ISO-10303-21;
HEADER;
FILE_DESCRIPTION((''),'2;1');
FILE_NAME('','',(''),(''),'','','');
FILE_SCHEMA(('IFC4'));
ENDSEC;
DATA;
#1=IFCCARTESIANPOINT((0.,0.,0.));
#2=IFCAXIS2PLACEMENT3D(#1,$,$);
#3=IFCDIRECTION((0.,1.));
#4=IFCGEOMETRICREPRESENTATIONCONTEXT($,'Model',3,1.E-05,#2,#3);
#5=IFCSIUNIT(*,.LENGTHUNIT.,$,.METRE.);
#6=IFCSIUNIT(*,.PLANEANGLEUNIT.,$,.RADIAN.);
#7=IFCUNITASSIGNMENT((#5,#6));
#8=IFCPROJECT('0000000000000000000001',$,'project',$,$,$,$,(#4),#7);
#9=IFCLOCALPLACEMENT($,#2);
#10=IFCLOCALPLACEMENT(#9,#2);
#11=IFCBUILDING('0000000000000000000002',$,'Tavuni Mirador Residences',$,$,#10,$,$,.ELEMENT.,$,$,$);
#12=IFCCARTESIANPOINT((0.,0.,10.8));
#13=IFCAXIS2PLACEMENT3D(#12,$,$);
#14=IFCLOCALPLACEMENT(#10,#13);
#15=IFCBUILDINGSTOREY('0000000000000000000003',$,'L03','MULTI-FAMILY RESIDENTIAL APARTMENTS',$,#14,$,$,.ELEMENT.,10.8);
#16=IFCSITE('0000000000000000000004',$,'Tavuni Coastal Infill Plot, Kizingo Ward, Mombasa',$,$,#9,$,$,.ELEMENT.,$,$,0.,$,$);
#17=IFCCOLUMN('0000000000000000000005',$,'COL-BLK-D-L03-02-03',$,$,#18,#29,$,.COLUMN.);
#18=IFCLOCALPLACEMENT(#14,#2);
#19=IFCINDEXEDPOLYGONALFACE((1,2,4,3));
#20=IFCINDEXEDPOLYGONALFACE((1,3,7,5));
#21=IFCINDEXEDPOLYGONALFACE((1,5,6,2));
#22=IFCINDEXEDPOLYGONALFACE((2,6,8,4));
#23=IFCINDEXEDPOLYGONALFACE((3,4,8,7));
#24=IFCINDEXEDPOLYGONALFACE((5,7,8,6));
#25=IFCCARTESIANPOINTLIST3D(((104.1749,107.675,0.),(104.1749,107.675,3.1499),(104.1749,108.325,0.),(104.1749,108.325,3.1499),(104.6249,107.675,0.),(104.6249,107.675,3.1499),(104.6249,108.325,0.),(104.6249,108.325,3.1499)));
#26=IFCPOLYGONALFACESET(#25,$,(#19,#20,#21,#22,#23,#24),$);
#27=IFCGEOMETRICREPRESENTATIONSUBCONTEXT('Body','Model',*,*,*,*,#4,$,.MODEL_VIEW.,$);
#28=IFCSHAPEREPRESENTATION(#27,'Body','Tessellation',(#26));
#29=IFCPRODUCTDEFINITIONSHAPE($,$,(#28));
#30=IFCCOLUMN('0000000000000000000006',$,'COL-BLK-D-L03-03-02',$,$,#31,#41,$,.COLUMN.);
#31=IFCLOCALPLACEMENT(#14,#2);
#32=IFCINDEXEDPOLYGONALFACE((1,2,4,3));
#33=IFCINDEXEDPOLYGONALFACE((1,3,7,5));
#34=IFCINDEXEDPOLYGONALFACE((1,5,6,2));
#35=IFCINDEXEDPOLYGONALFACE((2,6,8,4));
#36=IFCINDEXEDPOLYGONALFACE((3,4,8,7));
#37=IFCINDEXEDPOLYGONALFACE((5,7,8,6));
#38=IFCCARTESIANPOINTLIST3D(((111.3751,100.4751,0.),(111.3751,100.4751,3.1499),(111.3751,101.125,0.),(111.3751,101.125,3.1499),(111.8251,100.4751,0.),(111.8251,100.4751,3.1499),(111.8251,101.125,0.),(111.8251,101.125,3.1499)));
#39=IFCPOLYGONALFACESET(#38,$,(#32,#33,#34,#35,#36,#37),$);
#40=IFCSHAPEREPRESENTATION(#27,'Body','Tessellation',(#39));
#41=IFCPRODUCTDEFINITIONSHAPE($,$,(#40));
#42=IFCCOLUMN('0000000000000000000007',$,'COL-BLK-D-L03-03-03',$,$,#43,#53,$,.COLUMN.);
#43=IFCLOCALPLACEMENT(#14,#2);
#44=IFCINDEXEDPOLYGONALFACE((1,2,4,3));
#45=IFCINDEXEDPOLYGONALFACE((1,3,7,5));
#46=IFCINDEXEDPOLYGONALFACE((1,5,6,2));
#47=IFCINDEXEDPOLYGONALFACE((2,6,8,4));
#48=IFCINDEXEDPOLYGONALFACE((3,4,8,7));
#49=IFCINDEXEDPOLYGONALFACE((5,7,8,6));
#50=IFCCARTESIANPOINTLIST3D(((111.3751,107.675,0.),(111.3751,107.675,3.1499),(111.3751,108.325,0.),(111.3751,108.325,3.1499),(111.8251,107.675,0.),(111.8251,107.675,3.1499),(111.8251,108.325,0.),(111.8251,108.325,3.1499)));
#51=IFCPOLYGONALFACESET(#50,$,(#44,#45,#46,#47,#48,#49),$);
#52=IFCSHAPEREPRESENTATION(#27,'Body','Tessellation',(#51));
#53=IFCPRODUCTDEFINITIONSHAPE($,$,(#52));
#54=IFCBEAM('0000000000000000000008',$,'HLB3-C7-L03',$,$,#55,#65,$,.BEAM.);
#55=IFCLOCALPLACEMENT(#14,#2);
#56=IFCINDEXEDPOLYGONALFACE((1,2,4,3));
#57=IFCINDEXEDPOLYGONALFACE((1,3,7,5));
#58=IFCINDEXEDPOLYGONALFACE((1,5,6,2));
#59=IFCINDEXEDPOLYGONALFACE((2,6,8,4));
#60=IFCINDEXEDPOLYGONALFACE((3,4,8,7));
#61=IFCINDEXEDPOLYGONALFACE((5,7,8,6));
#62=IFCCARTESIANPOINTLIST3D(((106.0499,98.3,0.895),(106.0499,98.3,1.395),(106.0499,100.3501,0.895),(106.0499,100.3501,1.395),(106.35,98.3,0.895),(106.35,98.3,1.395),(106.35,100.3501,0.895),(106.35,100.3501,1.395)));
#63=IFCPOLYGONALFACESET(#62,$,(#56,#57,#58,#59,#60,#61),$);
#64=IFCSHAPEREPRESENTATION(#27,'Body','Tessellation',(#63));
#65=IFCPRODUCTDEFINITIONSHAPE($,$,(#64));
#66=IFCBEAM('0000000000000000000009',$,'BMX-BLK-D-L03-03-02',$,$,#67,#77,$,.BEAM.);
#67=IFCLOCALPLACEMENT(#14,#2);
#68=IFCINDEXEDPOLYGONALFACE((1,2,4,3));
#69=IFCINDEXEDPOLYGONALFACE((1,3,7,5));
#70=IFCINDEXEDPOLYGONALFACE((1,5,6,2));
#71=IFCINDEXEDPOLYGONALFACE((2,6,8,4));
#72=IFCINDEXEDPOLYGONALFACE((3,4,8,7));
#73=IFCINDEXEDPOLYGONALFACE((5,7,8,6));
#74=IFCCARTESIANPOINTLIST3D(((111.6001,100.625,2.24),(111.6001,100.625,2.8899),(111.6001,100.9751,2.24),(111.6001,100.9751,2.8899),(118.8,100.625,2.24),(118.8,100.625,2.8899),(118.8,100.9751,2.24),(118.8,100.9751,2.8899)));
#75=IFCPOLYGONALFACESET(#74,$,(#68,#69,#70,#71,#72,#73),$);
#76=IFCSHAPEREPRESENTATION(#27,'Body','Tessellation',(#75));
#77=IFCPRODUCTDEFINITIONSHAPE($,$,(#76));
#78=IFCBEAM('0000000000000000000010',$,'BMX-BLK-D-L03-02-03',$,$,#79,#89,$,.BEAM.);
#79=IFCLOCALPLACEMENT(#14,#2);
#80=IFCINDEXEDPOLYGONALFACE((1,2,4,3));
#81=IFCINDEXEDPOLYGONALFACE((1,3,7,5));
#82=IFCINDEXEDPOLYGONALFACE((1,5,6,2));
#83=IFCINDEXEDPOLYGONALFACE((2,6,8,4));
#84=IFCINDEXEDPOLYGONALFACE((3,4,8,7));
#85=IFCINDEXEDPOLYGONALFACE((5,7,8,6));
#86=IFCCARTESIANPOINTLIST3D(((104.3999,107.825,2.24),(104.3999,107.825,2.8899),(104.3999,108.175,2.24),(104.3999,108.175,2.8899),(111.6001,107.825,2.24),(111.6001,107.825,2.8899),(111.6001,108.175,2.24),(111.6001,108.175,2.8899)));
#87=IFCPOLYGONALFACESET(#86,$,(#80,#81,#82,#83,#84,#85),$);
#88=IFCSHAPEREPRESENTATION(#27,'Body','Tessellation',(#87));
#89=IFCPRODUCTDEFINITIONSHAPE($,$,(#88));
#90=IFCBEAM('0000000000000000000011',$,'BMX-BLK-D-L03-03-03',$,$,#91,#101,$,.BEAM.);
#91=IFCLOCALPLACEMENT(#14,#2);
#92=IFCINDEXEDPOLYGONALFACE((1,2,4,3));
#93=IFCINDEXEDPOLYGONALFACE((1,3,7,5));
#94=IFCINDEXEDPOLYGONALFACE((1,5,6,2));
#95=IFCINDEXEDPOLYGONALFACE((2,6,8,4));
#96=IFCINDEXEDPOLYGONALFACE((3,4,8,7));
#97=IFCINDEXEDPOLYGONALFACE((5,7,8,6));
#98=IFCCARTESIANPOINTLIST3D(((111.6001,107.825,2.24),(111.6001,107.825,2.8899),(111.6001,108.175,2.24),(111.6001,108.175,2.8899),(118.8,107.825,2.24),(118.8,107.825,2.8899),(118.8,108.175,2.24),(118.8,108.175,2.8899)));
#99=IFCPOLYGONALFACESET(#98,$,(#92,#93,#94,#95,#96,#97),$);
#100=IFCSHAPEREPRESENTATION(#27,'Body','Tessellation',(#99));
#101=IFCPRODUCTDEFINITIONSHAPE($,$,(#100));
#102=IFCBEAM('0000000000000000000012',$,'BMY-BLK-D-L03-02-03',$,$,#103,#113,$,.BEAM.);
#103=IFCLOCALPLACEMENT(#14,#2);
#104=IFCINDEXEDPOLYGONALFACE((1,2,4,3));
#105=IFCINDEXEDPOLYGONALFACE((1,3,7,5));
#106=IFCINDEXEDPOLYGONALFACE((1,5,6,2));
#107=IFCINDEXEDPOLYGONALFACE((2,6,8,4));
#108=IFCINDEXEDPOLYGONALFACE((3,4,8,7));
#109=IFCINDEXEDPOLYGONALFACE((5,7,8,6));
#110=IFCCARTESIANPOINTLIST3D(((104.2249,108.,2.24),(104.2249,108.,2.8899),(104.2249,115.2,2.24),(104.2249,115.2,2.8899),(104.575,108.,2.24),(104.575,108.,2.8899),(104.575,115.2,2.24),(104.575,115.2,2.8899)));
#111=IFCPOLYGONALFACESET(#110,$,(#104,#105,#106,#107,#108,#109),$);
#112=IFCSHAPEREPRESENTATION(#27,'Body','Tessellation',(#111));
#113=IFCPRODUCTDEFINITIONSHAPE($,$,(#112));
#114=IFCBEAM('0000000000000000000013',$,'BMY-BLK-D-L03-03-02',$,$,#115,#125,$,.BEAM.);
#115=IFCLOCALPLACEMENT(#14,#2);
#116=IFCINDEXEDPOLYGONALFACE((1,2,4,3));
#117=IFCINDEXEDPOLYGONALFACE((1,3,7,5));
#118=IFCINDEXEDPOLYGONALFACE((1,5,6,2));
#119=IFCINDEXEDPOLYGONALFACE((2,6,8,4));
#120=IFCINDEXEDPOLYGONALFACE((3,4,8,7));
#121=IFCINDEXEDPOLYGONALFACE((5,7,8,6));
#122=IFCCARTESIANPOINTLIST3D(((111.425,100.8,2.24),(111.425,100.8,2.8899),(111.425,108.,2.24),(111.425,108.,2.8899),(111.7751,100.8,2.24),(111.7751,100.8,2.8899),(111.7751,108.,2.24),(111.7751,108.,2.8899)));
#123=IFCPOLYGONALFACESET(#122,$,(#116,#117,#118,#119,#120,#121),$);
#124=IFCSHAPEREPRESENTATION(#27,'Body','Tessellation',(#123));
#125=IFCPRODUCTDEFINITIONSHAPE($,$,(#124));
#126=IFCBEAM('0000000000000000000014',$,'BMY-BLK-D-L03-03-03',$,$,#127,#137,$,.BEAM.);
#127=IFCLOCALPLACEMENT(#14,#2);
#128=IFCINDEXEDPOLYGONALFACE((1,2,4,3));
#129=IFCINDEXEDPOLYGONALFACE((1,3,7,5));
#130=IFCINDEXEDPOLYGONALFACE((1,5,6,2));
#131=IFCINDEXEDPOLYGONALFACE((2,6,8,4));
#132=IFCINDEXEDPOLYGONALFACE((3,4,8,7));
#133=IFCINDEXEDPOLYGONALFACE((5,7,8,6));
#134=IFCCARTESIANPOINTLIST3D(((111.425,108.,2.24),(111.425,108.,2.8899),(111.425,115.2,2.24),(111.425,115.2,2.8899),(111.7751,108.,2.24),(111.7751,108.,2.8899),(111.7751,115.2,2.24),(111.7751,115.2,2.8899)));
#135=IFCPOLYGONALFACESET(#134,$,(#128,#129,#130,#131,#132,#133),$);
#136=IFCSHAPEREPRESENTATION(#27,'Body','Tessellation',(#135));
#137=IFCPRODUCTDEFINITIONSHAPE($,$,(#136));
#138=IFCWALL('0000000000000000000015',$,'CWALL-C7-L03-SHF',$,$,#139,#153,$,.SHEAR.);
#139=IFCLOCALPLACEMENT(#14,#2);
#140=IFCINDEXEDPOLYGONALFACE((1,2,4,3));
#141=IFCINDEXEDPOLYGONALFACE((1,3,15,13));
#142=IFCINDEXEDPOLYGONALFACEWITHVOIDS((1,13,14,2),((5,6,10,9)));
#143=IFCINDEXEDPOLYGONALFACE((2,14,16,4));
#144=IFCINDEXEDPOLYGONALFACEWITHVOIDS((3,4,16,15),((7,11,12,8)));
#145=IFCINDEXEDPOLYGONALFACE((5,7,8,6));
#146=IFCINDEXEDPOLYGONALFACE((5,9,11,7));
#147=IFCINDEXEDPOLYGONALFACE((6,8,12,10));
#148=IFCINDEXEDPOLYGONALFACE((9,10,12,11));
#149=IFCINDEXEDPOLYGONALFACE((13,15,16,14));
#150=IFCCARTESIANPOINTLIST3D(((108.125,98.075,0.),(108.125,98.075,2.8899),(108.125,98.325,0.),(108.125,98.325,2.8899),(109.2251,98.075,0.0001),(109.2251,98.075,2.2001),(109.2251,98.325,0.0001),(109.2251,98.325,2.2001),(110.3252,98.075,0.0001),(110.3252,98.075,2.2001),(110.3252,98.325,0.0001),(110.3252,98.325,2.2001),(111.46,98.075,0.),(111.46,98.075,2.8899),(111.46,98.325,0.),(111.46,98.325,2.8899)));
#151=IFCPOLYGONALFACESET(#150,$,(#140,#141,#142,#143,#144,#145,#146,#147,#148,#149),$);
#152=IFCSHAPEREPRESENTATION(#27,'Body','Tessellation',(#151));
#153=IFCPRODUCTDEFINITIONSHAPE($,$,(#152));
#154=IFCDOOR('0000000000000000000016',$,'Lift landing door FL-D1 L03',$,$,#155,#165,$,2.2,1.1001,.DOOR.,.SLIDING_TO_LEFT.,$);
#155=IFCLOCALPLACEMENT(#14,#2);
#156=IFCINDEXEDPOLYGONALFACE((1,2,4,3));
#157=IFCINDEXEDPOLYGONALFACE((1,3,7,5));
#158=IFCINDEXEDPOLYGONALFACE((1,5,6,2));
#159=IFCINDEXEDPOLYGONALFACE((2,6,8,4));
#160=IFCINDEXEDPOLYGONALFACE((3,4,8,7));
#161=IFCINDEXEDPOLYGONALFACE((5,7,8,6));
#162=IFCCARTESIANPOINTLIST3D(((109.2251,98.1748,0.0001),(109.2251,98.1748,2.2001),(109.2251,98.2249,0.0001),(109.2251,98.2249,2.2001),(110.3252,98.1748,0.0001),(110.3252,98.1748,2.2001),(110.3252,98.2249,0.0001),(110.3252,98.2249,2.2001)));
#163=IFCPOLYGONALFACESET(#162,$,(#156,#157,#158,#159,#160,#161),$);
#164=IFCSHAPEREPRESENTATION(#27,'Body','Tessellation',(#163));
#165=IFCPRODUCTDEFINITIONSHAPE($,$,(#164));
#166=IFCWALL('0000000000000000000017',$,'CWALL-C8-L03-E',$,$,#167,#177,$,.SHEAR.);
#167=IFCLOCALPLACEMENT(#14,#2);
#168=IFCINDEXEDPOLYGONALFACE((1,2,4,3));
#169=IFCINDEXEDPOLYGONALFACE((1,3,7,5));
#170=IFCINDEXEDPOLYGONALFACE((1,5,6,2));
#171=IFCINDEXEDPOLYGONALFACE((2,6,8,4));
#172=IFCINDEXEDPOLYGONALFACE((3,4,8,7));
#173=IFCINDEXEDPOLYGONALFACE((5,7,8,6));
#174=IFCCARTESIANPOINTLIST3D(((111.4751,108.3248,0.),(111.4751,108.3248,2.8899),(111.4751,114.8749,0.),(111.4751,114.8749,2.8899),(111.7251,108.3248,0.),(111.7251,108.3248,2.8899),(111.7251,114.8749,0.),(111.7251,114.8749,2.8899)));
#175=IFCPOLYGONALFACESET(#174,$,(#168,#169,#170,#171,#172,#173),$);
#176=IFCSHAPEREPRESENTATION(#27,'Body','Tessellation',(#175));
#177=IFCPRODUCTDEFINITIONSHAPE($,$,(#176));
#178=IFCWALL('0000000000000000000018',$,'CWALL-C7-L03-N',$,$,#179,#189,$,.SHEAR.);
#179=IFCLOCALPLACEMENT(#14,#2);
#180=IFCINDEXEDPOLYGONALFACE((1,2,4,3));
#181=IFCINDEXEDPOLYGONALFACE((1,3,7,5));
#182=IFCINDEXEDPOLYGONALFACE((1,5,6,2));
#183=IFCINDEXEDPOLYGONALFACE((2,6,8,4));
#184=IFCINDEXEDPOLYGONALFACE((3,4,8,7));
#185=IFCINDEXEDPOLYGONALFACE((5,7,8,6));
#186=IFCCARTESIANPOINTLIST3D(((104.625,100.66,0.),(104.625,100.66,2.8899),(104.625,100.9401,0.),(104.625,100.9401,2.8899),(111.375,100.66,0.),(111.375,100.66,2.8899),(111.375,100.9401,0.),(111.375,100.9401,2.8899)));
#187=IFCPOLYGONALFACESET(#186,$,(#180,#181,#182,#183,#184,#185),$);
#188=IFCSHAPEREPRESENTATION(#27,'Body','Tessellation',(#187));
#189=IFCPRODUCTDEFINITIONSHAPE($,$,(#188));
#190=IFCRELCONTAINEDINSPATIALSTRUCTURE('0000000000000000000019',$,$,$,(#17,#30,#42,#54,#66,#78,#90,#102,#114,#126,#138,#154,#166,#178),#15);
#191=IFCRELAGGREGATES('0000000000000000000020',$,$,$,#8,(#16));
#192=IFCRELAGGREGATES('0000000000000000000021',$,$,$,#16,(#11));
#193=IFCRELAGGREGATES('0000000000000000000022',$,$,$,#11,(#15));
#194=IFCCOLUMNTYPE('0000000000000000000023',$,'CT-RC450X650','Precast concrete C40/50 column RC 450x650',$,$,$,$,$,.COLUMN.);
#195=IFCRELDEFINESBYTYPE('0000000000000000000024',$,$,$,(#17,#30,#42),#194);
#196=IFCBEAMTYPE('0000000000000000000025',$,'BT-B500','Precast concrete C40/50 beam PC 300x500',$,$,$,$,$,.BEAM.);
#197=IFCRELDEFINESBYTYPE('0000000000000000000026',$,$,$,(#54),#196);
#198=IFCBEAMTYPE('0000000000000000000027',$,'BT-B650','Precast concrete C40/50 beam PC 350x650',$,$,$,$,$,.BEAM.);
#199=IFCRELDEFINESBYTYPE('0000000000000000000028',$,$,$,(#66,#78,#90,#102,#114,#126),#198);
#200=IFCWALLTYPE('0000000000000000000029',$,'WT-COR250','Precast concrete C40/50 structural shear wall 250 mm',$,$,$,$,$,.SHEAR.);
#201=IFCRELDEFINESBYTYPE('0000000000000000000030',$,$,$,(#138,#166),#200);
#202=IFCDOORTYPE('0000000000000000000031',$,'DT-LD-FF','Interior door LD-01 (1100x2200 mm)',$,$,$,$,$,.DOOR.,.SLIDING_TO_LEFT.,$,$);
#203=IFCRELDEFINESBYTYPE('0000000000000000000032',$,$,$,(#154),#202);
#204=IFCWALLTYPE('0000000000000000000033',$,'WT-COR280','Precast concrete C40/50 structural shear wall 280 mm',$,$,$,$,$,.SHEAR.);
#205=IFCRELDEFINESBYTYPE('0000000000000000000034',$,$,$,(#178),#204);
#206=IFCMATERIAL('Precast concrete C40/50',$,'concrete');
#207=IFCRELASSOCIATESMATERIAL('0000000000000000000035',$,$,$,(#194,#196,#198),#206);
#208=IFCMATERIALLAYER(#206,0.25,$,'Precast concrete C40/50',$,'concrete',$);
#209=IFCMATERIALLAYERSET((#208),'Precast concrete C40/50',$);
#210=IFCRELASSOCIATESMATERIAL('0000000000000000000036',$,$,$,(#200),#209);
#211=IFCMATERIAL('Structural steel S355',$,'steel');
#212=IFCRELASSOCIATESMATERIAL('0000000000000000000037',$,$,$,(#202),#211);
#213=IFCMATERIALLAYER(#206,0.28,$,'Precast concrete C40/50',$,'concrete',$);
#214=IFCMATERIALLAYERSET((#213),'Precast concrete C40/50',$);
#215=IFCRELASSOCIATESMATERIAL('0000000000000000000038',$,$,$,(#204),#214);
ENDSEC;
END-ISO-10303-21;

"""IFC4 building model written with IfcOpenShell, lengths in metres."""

from ifc_helpers import new_model, si_unit, direction, frame, frame_2d, origin, origin_2d, place, context, subcontext, project, spatial, rectangle, extrude, material, layer, layer_set, material_profile, profile_set, type_object, element, fill, save


model = new_model("IFC4")

# Units and contexts
model_context = context("Model", 3, precision=1e-05, world=origin(), true_north=direction((0.0, 1.0)))
body_context = subcontext(model_context, "Body", "Model", "MODEL_VIEW")
ifc_project = project(units=[si_unit("LENGTHUNIT", "METRE"), si_unit("PLANEANGLEUNIT", "RADIAN")], contexts=[model_context])

# Site, building, storey
site_placement = place(None, origin())
site = spatial("IfcSite", under=ifc_project, at=site_placement, Name="Tavuni Coastal Infill Plot, Kizingo Ward, Mombasa", CompositionType="ELEMENT", RefElevation=0.0)
building_placement = place(site_placement, origin())
building = spatial("IfcBuilding", under=site, at=building_placement, Name="Tavuni Mirador Residences", CompositionType="ELEMENT")
storey_placement = place(building_placement, frame((0.0, 0.0, 10.8)))
storey = spatial("IfcBuildingStorey", under=building, at=storey_placement, Name="L03", Description="MULTI-FAMILY RESIDENTIAL APARTMENTS", CompositionType="ELEMENT", Elevation=10.8)

# Columns
ifc_material_1 = material(Name="Precast concrete C40/50", Category="concrete")
ifc_material_profile_1 = material_profile(ifc_material_1, rectangle(XDim=0.45, YDim=0.6499, at=origin_2d()), Name="RC 450x650", Category="concrete")
ifc_profile_set_1 = profile_set([ifc_material_profile_1], Name="Precast concrete C40/50")
column_type = type_object("IfcColumnType", Name="CT-RC450X650", Description="Precast concrete C40/50 column RC 450x650", PredefinedType="COLUMN", material=ifc_profile_set_1)
for number, where, z_axis, x_axis, name in (
    (1, (104.3999, 108.0, 0.0), (0.0, 0.0, 1.0), (1.0, 0.0, 0.0), "COL-BLK-D-L03-02-03"),
    (2, (111.6001, 100.8, 0.0), (0.0, 0.0, 1.0), (1.0, 0.0, 0.0), "COL-BLK-D-L03-03-02"),
    (3, (111.6001, 108.0, 0.0), (0.0, 0.0, 1.0), (1.0, 0.0, 0.0), "COL-BLK-D-L03-03-03"),
):
    element("IfcColumn", number, at=place(storey_placement, frame(where, z_axis=z_axis, x_axis=x_axis)), inside=storey, type_object=column_type, Name=name, PredefinedType="COLUMN", context=body_context, shape_type="SweptSolid", body=[
        extrude(rectangle(XDim=0.45, YDim=0.6499, at=origin_2d()), origin(), (0.0, 0.0, 1.0), 3.1499),
    ])

# Beams
ifc_material_profile_2 = material_profile(ifc_material_1, rectangle(XDim=0.3, YDim=0.5, at=origin_2d()), Name="PC 300x500", Category="concrete")
ifc_profile_set_2 = profile_set([ifc_material_profile_2], Name="Precast concrete C40/50")
beam_type_1 = type_object("IfcBeamType", Name="BT-B500", Description="Precast concrete C40/50 beam PC 300x500", PredefinedType="BEAM", material=ifc_profile_set_2)
beam_1_placement = place(storey_placement, frame((106.2, 98.3, 1.145), z_axis=(0.0, 1.0, 0.0), x_axis=(-1.0, 0.0, 0.0)))
element("IfcBeam", 4, at=beam_1_placement, inside=storey, type_object=beam_type_1, Name="HLB3-C7-L03", PredefinedType="BEAM", context=body_context, shape_type="SweptSolid", body=[
    extrude(rectangle(XDim=0.3, YDim=0.5, at=origin_2d()), origin(), (0.0, 0.0, 1.0), 2.05),
])
ifc_material_profile_3 = material_profile(ifc_material_1, rectangle(XDim=0.3501, YDim=0.6499, at=origin_2d()), Name="PC 350x650", Category="concrete")
ifc_profile_set_3 = profile_set([ifc_material_profile_3], Name="Precast concrete C40/50")
beam_type_2 = type_object("IfcBeamType", Name="BT-B650", Description="Precast concrete C40/50 beam PC 350x650", PredefinedType="BEAM", material=ifc_profile_set_3)
beam_2_placement = place(storey_placement, frame((111.6001, 100.8, 2.5649), z_axis=(1.0, 0.0, 0.0), x_axis=(0.0, 1.0, 0.0)))
element("IfcBeam", 5, at=beam_2_placement, inside=storey, type_object=beam_type_2, Name="BMX-BLK-D-L03-03-02", PredefinedType="BEAM", context=body_context, shape_type="SweptSolid", body=[
    extrude(rectangle(XDim=0.3501, YDim=0.6499, at=origin_2d()), origin(), (0.0, 0.0, 1.0), 7.2),
])
beam_3_placement = place(storey_placement, frame((104.3999, 108.0, 2.5649), z_axis=(1.0, 0.0, 0.0), x_axis=(0.0, 1.0, 0.0)))
element("IfcBeam", 6, at=beam_3_placement, inside=storey, type_object=beam_type_2, Name="BMX-BLK-D-L03-02-03", PredefinedType="BEAM", context=body_context, shape_type="SweptSolid", body=[
    extrude(rectangle(XDim=0.3501, YDim=0.6499, at=origin_2d()), origin(), (0.0, 0.0, 1.0), 7.2002),
])
for number, where, z_axis, x_axis, name in (
    (7, (111.6001, 108.0, 2.5649), (1.0, 0.0, 0.0), (0.0, 1.0, 0.0), "BMX-BLK-D-L03-03-03"),
    (8, (104.3999, 108.0, 2.5649), (0.0, 1.0, 0.0), (-1.0, 0.0, 0.0), "BMY-BLK-D-L03-02-03"),
    (9, (111.6001, 100.8, 2.5649), (0.0, 1.0, 0.0), (-1.0, 0.0, 0.0), "BMY-BLK-D-L03-03-02"),
    (10, (111.6001, 108.0, 2.5649), (0.0, 1.0, 0.0), (-1.0, 0.0, 0.0), "BMY-BLK-D-L03-03-03"),
):
    element("IfcBeam", number, at=place(storey_placement, frame(where, z_axis=z_axis, x_axis=x_axis)), inside=storey, type_object=beam_type_2, Name=name, PredefinedType="BEAM", context=body_context, shape_type="SweptSolid", body=[
        extrude(rectangle(XDim=0.3501, YDim=0.6499, at=origin_2d()), origin(), (0.0, 0.0, 1.0), 7.2),
    ])

# Wall, opening, door
ifc_layer_1 = layer(ifc_material_1, 0.25, Name="Precast concrete C40/50", Category="concrete")
ifc_layer_set_1 = layer_set([ifc_layer_1], Name="Precast concrete C40/50")
wall_type_1 = type_object("IfcWallType", Name="WT-COR250", Description="Precast concrete C40/50 structural shear wall 250 mm", PredefinedType="SHEAR", material=ifc_layer_set_1)
wall_1_placement = place(storey_placement, frame((108.125, 98.2, 0.0), z_axis=(0.0, 0.0, 1.0), x_axis=(1.0, 0.0, 0.0)))
wall_1 = element("IfcWall", 11, at=wall_1_placement, inside=storey, type_object=wall_type_1, Name="CWALL-C7-L03-SHF", PredefinedType="SHEAR", context=body_context, shape_type="SweptSolid", body=[
    extrude(rectangle(XDim=3.335, YDim=0.25, at=frame_2d((1.6675, 0.0))), origin(), (0.0, 0.0, 1.0), 2.8899),
])
opening_1_placement = place(wall_1_placement, frame((1.1001, 0.0, 0.0)))
opening_1 = element("IfcOpeningElement", 12, at=opening_1_placement, cuts=wall_1, PredefinedType="OPENING", context=body_context, shape_type="SweptSolid", body=[
    extrude(rectangle(XDim=1.1001, YDim=2.2, at=frame_2d((0.55, 1.1001))), frame((0.0, 0.135, 0.0), z_axis=(0.0, -1.0, 0.0), x_axis=(1.0, 0.0, 0.0)), (0.0, 0.0, 1.0), 0.27),
])
ifc_material_2 = material(Name="Structural steel S355", Category="steel")
door_type_1 = type_object("IfcDoorType", Name="DT-LD-FF", Description="Interior door LD-01 (1100x2200 mm)", OperationType="SLIDING_TO_LEFT", PredefinedType="DOOR", material=ifc_material_2)
door_1_placement = place(opening_1_placement, origin())
door_1 = element("IfcDoor", 13, at=door_1_placement, inside=storey, type_object=door_type_1, Name="Lift landing door FL-D1 L03", OperationType="SLIDING_TO_LEFT", OverallHeight=2.2, OverallWidth=1.1001, PredefinedType="DOOR", context=body_context, shape_type="SweptSolid", body=[
    extrude(rectangle(XDim=1.1001, YDim=2.2, at=frame_2d((0.55, 1.1001))), frame((0.0, 0.0249, 0.0), z_axis=(0.0, -1.0, 0.0), x_axis=(1.0, 0.0, 0.0)), (0.0, 0.0, 1.0), 0.05),
])
fill(opening_1, door_1)

# Wall
wall_2_placement = place(storey_placement, frame((111.6001, 108.325, 0.0), z_axis=(0.0, 0.0, 1.0), x_axis=(0.0, 1.0, 0.0)))
element("IfcWall", 14, at=wall_2_placement, inside=storey, type_object=wall_type_1, Name="CWALL-C8-L03-E", PredefinedType="SHEAR", context=body_context, shape_type="SweptSolid", body=[
    extrude(rectangle(XDim=6.55, YDim=0.25, at=frame_2d((3.2749, 0.0))), origin(), (0.0, 0.0, 1.0), 2.8899),
])

# Wall
ifc_layer_2 = layer(ifc_material_1, 0.28, Name="Precast concrete C40/50", Category="concrete")
ifc_layer_set_2 = layer_set([ifc_layer_2], Name="Precast concrete C40/50")
wall_type_2 = type_object("IfcWallType", Name="WT-COR280", Description="Precast concrete C40/50 structural shear wall 280 mm", PredefinedType="SHEAR", material=ifc_layer_set_2)
wall_3_placement = place(storey_placement, frame((104.625, 100.8, 0.0), z_axis=(0.0, 0.0, 1.0), x_axis=(1.0, 0.0, 0.0)))
element("IfcWall", 15, at=wall_3_placement, inside=storey, type_object=wall_type_2, Name="CWALL-C7-L03-N", PredefinedType="SHEAR", context=body_context, shape_type="SweptSolid", body=[
    extrude(rectangle(XDim=6.75, YDim=0.28, at=frame_2d((3.375, 0.0))), origin(), (0.0, 0.0, 1.0), 2.8899),
])

save(model, "model.ifc")
